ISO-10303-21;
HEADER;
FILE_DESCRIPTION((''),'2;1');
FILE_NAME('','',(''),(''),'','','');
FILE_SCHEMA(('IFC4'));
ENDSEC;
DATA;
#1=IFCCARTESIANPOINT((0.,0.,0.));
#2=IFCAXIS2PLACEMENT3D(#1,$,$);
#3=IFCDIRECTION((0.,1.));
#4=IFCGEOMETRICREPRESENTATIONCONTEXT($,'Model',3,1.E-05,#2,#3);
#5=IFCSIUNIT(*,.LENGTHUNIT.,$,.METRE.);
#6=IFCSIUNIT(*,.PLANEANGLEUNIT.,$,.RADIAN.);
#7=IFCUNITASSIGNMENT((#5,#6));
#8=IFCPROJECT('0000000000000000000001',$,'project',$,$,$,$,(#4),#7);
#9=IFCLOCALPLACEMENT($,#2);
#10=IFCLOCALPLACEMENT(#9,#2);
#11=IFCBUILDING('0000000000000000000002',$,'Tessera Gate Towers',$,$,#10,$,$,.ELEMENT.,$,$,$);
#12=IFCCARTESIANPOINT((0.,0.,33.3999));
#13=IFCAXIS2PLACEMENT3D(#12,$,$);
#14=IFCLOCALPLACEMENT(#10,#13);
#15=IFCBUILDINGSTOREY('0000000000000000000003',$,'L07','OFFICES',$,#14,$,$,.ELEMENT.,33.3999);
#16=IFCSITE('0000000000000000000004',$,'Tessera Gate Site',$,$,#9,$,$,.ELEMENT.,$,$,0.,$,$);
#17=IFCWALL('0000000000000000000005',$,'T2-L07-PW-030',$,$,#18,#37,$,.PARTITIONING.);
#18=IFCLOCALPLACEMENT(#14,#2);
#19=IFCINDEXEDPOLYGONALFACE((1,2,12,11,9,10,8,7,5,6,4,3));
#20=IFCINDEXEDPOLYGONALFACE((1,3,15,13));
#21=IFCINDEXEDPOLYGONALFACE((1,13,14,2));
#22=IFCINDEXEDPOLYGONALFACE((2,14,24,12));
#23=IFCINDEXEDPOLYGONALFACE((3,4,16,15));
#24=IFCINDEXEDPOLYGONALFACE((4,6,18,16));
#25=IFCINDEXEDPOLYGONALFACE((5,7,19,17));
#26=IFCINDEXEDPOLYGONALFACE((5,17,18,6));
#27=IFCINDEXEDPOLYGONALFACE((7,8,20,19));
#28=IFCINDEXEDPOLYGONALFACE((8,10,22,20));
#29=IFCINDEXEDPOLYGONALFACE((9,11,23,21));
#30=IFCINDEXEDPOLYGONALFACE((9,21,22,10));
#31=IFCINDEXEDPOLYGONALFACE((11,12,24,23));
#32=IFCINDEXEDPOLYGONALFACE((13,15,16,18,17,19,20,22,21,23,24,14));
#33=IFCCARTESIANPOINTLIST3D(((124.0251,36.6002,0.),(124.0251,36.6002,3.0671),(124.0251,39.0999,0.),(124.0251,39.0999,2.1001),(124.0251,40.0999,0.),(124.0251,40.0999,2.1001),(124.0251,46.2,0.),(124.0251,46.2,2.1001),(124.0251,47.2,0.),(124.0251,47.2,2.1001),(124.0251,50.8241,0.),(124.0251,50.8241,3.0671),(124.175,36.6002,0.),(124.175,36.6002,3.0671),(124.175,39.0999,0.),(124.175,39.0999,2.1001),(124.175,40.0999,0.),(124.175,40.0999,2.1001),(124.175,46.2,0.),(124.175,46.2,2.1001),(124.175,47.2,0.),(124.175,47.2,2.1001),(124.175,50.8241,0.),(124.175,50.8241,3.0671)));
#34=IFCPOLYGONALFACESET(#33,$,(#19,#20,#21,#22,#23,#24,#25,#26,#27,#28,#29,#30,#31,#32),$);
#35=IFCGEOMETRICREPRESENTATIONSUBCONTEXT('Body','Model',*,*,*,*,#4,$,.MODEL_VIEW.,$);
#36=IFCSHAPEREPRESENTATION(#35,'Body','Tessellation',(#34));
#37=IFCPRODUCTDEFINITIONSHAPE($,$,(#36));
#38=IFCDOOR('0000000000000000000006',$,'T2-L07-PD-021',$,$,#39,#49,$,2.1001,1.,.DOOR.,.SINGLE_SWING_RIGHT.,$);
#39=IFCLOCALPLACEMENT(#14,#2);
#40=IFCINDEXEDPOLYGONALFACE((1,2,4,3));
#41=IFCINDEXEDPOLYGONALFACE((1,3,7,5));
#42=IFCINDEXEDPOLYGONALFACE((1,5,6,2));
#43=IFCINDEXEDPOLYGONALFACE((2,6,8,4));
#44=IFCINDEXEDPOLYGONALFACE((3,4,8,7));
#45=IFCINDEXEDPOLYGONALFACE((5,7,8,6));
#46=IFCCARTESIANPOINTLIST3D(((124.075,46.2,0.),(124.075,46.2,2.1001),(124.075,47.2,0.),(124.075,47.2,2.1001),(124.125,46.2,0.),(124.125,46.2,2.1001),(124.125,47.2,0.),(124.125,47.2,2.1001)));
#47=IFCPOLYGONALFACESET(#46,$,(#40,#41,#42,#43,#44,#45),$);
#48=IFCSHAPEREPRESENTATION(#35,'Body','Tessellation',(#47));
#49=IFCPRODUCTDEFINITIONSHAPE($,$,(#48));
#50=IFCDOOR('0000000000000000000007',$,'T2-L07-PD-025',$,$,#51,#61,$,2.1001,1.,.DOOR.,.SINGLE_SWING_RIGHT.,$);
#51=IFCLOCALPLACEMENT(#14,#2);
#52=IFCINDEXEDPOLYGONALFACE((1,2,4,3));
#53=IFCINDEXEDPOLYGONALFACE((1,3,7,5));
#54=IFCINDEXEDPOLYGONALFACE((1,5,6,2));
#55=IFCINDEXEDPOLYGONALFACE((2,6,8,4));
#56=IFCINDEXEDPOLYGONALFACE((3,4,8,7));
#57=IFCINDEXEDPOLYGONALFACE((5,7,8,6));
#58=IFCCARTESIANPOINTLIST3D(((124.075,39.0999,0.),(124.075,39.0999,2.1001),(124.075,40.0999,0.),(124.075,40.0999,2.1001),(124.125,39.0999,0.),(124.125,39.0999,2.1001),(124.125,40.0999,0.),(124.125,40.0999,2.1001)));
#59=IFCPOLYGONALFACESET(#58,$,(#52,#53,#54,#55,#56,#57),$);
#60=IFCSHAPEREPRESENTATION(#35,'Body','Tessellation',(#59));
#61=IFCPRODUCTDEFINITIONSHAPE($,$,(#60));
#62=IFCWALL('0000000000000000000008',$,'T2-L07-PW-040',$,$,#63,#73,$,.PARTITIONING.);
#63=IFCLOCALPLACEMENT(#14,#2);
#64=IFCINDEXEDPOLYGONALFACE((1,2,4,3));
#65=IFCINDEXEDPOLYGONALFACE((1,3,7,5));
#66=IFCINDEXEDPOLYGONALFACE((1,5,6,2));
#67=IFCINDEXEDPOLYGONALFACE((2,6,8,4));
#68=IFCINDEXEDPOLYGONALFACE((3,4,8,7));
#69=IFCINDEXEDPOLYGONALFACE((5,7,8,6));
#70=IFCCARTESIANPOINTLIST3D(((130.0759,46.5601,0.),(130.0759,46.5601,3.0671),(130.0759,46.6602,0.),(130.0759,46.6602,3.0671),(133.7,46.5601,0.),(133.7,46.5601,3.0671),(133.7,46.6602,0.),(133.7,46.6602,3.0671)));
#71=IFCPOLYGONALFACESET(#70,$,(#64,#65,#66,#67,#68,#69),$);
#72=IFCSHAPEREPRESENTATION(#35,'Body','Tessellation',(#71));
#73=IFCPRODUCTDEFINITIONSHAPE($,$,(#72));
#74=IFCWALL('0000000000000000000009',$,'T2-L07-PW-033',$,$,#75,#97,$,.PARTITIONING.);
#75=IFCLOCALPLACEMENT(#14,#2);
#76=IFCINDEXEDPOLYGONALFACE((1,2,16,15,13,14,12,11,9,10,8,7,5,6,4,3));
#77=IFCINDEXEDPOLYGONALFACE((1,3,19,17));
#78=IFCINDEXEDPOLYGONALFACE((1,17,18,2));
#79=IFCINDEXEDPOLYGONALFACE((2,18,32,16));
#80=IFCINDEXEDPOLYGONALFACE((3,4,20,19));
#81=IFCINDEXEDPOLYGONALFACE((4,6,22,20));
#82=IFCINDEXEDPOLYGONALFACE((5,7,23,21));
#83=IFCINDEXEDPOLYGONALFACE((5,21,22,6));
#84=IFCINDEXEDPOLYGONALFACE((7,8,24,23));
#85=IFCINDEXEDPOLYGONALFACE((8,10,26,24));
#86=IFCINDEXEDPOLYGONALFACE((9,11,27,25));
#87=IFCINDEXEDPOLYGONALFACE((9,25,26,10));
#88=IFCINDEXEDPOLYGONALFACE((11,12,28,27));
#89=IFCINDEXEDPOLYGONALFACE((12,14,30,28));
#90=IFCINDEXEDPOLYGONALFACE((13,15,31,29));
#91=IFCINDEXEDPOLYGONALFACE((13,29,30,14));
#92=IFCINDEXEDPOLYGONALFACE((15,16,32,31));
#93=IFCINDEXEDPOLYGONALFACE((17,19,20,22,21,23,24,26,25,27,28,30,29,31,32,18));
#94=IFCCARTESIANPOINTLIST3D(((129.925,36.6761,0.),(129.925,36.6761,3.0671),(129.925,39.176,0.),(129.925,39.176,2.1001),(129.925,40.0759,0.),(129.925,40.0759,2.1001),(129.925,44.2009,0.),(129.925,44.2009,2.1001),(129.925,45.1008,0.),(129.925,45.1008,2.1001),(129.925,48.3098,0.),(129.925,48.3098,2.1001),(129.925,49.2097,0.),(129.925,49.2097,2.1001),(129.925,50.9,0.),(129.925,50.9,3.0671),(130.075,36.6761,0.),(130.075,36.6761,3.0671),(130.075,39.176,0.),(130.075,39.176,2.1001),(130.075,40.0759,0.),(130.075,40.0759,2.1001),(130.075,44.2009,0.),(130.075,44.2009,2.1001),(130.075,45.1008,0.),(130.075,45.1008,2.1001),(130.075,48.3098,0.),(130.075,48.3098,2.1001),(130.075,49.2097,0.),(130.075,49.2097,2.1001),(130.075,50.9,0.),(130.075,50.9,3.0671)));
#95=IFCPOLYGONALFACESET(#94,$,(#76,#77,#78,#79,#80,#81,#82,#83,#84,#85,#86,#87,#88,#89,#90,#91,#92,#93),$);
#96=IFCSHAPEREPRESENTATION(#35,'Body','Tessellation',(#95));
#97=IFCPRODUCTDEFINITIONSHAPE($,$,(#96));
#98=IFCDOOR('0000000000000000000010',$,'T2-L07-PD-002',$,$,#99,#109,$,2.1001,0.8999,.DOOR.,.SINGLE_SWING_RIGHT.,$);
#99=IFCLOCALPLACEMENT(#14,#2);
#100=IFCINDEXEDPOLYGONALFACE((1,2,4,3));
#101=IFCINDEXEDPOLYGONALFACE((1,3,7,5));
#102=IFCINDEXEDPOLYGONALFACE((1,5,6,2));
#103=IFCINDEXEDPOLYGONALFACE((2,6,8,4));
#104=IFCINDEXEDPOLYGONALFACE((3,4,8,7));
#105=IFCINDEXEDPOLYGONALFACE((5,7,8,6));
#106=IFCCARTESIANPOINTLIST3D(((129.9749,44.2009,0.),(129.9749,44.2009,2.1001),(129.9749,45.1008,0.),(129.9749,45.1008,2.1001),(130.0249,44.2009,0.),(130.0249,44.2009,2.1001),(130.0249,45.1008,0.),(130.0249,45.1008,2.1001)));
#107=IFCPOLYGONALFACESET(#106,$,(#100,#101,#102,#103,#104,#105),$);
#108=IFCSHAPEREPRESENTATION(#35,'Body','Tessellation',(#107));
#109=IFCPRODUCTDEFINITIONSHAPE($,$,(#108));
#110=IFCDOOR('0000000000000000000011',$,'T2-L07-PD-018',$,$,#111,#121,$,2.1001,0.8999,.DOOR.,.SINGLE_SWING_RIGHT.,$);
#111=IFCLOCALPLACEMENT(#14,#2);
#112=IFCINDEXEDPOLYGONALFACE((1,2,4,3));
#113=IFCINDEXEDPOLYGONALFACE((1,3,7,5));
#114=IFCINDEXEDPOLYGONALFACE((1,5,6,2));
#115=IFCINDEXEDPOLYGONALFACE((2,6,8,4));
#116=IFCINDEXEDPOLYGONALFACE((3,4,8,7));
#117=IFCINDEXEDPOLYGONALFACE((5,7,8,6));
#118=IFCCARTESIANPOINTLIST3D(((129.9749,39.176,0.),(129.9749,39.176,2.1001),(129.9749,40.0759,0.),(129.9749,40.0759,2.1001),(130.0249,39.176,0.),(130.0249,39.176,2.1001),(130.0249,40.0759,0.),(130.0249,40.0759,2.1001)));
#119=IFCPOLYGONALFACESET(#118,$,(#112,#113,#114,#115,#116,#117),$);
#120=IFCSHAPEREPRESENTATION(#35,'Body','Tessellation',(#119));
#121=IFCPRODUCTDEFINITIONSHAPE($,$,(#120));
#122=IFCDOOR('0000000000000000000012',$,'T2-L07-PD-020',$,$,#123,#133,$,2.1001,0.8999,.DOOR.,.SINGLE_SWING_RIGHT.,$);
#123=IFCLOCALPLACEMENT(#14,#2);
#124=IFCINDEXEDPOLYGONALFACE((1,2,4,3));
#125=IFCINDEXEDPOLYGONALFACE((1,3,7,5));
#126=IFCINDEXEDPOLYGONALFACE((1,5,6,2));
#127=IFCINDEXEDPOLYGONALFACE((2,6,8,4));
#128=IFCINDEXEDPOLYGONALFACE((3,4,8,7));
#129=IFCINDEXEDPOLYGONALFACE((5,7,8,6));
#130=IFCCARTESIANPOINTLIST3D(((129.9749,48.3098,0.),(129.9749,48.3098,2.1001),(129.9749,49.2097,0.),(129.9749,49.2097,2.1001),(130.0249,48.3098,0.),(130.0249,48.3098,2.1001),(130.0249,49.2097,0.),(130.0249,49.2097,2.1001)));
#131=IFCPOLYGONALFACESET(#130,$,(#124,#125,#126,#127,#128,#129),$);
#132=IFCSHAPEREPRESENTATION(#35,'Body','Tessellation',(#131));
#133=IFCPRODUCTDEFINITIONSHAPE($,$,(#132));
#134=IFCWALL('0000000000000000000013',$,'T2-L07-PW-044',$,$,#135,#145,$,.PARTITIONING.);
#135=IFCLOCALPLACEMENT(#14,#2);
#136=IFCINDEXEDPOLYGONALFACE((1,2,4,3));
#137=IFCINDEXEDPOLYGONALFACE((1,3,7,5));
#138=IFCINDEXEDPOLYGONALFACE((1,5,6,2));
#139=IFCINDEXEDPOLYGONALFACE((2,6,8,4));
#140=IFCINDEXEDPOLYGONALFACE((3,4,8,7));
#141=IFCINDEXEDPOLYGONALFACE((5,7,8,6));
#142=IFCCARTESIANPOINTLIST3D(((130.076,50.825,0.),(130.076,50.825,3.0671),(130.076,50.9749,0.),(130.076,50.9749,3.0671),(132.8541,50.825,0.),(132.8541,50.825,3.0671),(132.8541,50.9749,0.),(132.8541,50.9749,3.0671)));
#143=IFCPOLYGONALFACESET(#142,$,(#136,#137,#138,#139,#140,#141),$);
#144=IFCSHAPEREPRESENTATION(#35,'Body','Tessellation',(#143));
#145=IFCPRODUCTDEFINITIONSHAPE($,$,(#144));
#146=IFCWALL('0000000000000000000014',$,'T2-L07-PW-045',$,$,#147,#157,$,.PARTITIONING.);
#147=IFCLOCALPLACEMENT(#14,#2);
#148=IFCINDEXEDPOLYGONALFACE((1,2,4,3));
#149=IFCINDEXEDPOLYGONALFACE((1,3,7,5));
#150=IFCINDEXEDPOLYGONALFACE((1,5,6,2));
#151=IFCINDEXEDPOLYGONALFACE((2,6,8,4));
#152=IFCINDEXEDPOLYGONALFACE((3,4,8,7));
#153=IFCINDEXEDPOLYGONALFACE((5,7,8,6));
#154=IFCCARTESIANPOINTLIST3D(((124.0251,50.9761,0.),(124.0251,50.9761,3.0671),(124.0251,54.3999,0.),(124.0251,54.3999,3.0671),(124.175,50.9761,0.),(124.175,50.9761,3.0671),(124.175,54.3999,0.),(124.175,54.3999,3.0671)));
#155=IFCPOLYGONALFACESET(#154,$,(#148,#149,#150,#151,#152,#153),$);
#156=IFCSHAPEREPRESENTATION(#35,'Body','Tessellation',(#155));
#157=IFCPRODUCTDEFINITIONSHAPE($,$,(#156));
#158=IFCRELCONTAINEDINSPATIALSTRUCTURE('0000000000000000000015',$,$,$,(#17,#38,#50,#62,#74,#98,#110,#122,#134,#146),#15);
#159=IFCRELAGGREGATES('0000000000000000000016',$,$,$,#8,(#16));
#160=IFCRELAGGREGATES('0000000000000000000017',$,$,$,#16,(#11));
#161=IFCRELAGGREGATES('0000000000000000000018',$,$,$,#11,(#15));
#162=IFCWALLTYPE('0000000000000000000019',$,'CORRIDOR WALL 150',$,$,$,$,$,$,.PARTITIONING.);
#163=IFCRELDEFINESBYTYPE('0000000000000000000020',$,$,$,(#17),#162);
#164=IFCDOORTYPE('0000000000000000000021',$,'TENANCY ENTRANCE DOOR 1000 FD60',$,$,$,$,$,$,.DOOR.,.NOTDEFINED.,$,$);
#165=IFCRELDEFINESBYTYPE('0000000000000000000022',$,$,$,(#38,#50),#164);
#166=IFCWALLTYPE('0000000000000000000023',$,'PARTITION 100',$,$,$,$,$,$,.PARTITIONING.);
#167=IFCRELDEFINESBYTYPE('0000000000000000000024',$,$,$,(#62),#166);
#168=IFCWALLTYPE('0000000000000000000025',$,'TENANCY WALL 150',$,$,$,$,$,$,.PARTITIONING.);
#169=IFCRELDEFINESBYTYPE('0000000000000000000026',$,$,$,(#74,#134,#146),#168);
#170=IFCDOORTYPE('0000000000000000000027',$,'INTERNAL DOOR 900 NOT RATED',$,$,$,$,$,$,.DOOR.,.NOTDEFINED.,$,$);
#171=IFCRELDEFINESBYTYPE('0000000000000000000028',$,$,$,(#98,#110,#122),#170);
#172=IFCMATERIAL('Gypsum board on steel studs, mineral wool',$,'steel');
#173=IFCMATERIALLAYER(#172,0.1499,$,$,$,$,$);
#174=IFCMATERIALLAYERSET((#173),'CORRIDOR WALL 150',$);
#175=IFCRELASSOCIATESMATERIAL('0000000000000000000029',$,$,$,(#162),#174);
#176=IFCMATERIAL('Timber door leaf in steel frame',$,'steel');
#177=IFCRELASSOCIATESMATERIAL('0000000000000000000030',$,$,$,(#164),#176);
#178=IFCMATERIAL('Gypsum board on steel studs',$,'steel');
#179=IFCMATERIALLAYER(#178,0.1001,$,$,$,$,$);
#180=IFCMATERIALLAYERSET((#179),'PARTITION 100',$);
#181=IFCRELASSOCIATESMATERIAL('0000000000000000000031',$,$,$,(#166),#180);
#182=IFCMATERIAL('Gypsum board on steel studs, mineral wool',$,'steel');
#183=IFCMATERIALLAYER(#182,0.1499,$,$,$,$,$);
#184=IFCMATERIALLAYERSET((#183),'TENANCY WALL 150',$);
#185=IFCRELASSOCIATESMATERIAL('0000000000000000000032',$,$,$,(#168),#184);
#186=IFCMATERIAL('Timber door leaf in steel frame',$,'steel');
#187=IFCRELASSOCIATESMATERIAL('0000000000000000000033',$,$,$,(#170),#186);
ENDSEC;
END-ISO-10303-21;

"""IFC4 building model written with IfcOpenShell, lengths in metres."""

from ifc_helpers import new_model, si_unit, direction, frame, frame_2d, origin, place, context, subcontext, project, spatial, rectangle, extrude, source, transform, mapped, material, layer, layer_set, type_object, element, fill, save


model = new_model("IFC4")

# Units and contexts
model_context = context("Model", 3, precision=1e-05, world=origin(), true_north=direction((0.0, 1.0)))
body_context = subcontext(model_context, "Body", "Model", "MODEL_VIEW")
ifc_project = project(units=[si_unit("LENGTHUNIT", "METRE"), si_unit("PLANEANGLEUNIT", "RADIAN")], contexts=[model_context])

# Site, building, storey
site_placement = place(None, origin())
site = spatial("IfcSite", under=ifc_project, at=site_placement, Name="Tessera Gate Site", CompositionType="ELEMENT", RefElevation=0.0)
building_placement = place(site_placement, origin())
building = spatial("IfcBuilding", under=site, at=building_placement, Name="Tessera Gate Towers", CompositionType="ELEMENT")
storey_placement = place(building_placement, frame((0.0, 0.0, 33.3999)))
storey = spatial("IfcBuildingStorey", under=building, at=storey_placement, Name="L07", Description="OFFICES", CompositionType="ELEMENT", Elevation=33.3999)

# Wall, openings, doors
ifc_material_1 = material(Name="Gypsum board on steel studs, mineral wool", Category="steel")
ifc_layer_1 = layer(ifc_material_1, 0.1499)
ifc_layer_set_1 = layer_set([ifc_layer_1], Name="CORRIDOR WALL 150")
wall_type_1 = type_object("IfcWallType", Name="CORRIDOR WALL 150", PredefinedType="PARTITIONING", material=ifc_layer_set_1)
wall_1_placement = place(storey_placement, frame((124.1001, 50.824, 0.0), z_axis=(0.0, 0.0, 1.0), x_axis=(0.0, -1.0, 0.0)))
wall_1 = element("IfcWall", 1, at=wall_1_placement, inside=storey, type_object=wall_type_1, Name="T2-L07-PW-030", PredefinedType="PARTITIONING", context=body_context, shape_type="SweptSolid", body=[
    extrude(rectangle(XDim=14.2239, YDim=0.1499, at=frame_2d((7.1118, 0.0))), origin(), (0.0, 0.0, 1.0), 3.0671),
])
shared_shape_1 = source(origin(), body_context, "Body", "SweptSolid", [
    extrude(rectangle(XDim=1.0, YDim=2.1001, at=frame_2d((0.5, 1.05))), frame((0.0, 0.085, 0.0), z_axis=(0.0, -1.0, 0.0), x_axis=(1.0, 0.0, 0.0)), (0.0, 0.0, 1.0), 0.1699),
])
opening_1_placement = place(wall_1_placement, frame((3.624, 0.0, 0.0)))
opening_1 = element("IfcOpeningElement", 2, at=opening_1_placement, cuts=wall_1, PredefinedType="OPENING", context=body_context, shape_type="MappedRepresentation", body=[
    mapped(shared_shape_1, transform((0.0, 0.0, 0.0), scale=1.0)),
])
opening_2_placement = place(wall_1_placement, frame((10.7241, 0.0, 0.0)))
opening_2 = element("IfcOpeningElement", 3, at=opening_2_placement, cuts=wall_1, PredefinedType="OPENING", context=body_context, shape_type="MappedRepresentation", body=[
    mapped(shared_shape_1, transform((0.0, 0.0, 0.0), scale=1.0)),
])
ifc_material_2 = material(Name="Timber door leaf in steel frame", Category="steel")
door_type_1 = type_object("IfcDoorType", Name="TENANCY ENTRANCE DOOR 1000 FD60", OperationType="NOTDEFINED", PredefinedType="DOOR", material=ifc_material_2)
shared_shape_2 = source(origin(), body_context, "Body", "SweptSolid", [
    extrude(rectangle(XDim=1.0, YDim=2.1001, at=frame_2d((0.5, 1.05))), frame((0.0, 0.0249, 0.0), z_axis=(0.0, -1.0, 0.0), x_axis=(1.0, 0.0, 0.0)), (0.0, 0.0, 1.0), 0.05),
])
door_1_placement = place(opening_1_placement, origin())
door_1 = element("IfcDoor", 4, at=door_1_placement, inside=storey, type_object=door_type_1, Name="T2-L07-PD-021", OperationType="SINGLE_SWING_RIGHT", OverallHeight=2.1001, OverallWidth=1.0, PredefinedType="DOOR", context=body_context, shape_type="MappedRepresentation", body=[
    mapped(shared_shape_2, transform((0.0, 0.0, 0.0), scale=1.0)),
])
fill(opening_1, door_1)
door_2_placement = place(opening_2_placement, origin())
door_2 = element("IfcDoor", 5, at=door_2_placement, inside=storey, type_object=door_type_1, Name="T2-L07-PD-025", OperationType="SINGLE_SWING_RIGHT", OverallHeight=2.1001, OverallWidth=1.0, PredefinedType="DOOR", context=body_context, shape_type="MappedRepresentation", body=[
    mapped(shared_shape_2, transform((0.0, 0.0, 0.0), scale=1.0)),
])
fill(opening_2, door_2)

# Wall
ifc_material_3 = material(Name="Gypsum board on steel studs", Category="steel")
ifc_layer_2 = layer(ifc_material_3, 0.1001)
ifc_layer_set_2 = layer_set([ifc_layer_2], Name="PARTITION 100")
wall_type_2 = type_object("IfcWallType", Name="PARTITION 100", PredefinedType="PARTITIONING", material=ifc_layer_set_2)
wall_2_placement = place(storey_placement, frame((130.0759, 46.6101, 0.0), z_axis=(0.0, 0.0, 1.0), x_axis=(1.0, 0.0, 0.0)))
element("IfcWall", 6, at=wall_2_placement, inside=storey, type_object=wall_type_2, Name="T2-L07-PW-040", PredefinedType="PARTITIONING", context=body_context, shape_type="SweptSolid", body=[
    extrude(rectangle(XDim=3.624, YDim=0.1001, at=frame_2d((1.812, 0.0))), origin(), (0.0, 0.0, 1.0), 3.0671),
])

# Wall, openings, doors
ifc_material_4 = material(Name="Gypsum board on steel studs, mineral wool", Category="steel")
ifc_layer_3 = layer(ifc_material_4, 0.1499)
ifc_layer_set_3 = layer_set([ifc_layer_3], Name="TENANCY WALL 150")
wall_type_3 = type_object("IfcWallType", Name="TENANCY WALL 150", PredefinedType="PARTITIONING", material=ifc_layer_set_3)
wall_3_placement = place(storey_placement, frame((130.0, 50.8999, 0.0), z_axis=(0.0, 0.0, 1.0), x_axis=(0.0, -1.0, 0.0)))
wall_3 = element("IfcWall", 7, at=wall_3_placement, inside=storey, type_object=wall_type_3, Name="T2-L07-PW-033", PredefinedType="PARTITIONING", context=body_context, shape_type="SweptSolid", body=[
    extrude(rectangle(XDim=14.2239, YDim=0.1499, at=frame_2d((7.1118, 0.0))), origin(), (0.0, 0.0, 1.0), 3.0671),
])
shared_shape_3 = source(origin(), body_context, "Body", "SweptSolid", [
    extrude(rectangle(XDim=0.8999, YDim=2.1001, at=frame_2d((0.45, 1.05))), frame((0.0, 0.085, 0.0), z_axis=(0.0, -1.0, 0.0), x_axis=(1.0, 0.0, 0.0)), (0.0, 0.0, 1.0), 0.1699),
])
opening_3_placement = place(wall_3_placement, frame((5.7991, 0.0, 0.0)))
opening_3 = element("IfcOpeningElement", 8, at=opening_3_placement, cuts=wall_3, PredefinedType="OPENING", context=body_context, shape_type="MappedRepresentation", body=[
    mapped(shared_shape_3, transform((0.0, 0.0, 0.0), scale=1.0)),
])
opening_4_placement = place(wall_3_placement, frame((10.824, 0.0, 0.0)))
opening_4 = element("IfcOpeningElement", 9, at=opening_4_placement, cuts=wall_3, PredefinedType="OPENING", context=body_context, shape_type="MappedRepresentation", body=[
    mapped(shared_shape_3, transform((0.0, 0.0, 0.0), scale=1.0)),
])
opening_5_placement = place(wall_3_placement, frame((1.6902, 0.0, 0.0)))
opening_5 = element("IfcOpeningElement", 10, at=opening_5_placement, cuts=wall_3, PredefinedType="OPENING", context=body_context, shape_type="MappedRepresentation", body=[
    mapped(shared_shape_3, transform((0.0, 0.0, 0.0), scale=1.0)),
])
ifc_material_5 = material(Name="Timber door leaf in steel frame", Category="steel")
door_type_2 = type_object("IfcDoorType", Name="INTERNAL DOOR 900 NOT RATED", OperationType="NOTDEFINED", PredefinedType="DOOR", material=ifc_material_5)
shared_shape_4 = source(origin(), body_context, "Body", "SweptSolid", [
    extrude(rectangle(XDim=0.8999, YDim=2.1001, at=frame_2d((0.45, 1.05))), frame((0.0, 0.0249, 0.0), z_axis=(0.0, -1.0, 0.0), x_axis=(1.0, 0.0, 0.0)), (0.0, 0.0, 1.0), 0.05),
])
door_3_placement = place(opening_3_placement, origin())
door_3 = element("IfcDoor", 11, at=door_3_placement, inside=storey, type_object=door_type_2, Name="T2-L07-PD-002", OperationType="SINGLE_SWING_RIGHT", OverallHeight=2.1001, OverallWidth=0.8999, PredefinedType="DOOR", context=body_context, shape_type="MappedRepresentation", body=[
    mapped(shared_shape_4, transform((0.0, 0.0, 0.0), scale=1.0)),
])
fill(opening_3, door_3)
door_4_placement = place(opening_4_placement, origin())
door_4 = element("IfcDoor", 12, at=door_4_placement, inside=storey, type_object=door_type_2, Name="T2-L07-PD-018", OperationType="SINGLE_SWING_RIGHT", OverallHeight=2.1001, OverallWidth=0.8999, PredefinedType="DOOR", context=body_context, shape_type="MappedRepresentation", body=[
    mapped(shared_shape_4, transform((0.0, 0.0, 0.0), scale=1.0)),
])
fill(opening_4, door_4)
door_5_placement = place(opening_5_placement, origin())
door_5 = element("IfcDoor", 13, at=door_5_placement, inside=storey, type_object=door_type_2, Name="T2-L07-PD-020", OperationType="SINGLE_SWING_RIGHT", OverallHeight=2.1001, OverallWidth=0.8999, PredefinedType="DOOR", context=body_context, shape_type="MappedRepresentation", body=[
    mapped(shared_shape_4, transform((0.0, 0.0, 0.0), scale=1.0)),
])
fill(opening_5, door_5)

# Walls
wall_4_placement = place(storey_placement, frame((130.0759, 50.8999, 0.0), z_axis=(0.0, 0.0, 1.0), x_axis=(1.0, 0.0, 0.0)))
element("IfcWall", 14, at=wall_4_placement, inside=storey, type_object=wall_type_3, Name="T2-L07-PW-044", PredefinedType="PARTITIONING", context=body_context, shape_type="SweptSolid", body=[
    extrude(rectangle(XDim=2.7781, YDim=0.1499, at=frame_2d((1.3892, 0.0))), origin(), (0.0, 0.0, 1.0), 3.0671),
])
wall_5_placement = place(storey_placement, frame((124.1001, 50.9761, 0.0), z_axis=(0.0, 0.0, 1.0), x_axis=(0.0, 1.0, 0.0)))
element("IfcWall", 15, at=wall_5_placement, inside=storey, type_object=wall_type_3, Name="T2-L07-PW-045", PredefinedType="PARTITIONING", context=body_context, shape_type="SweptSolid", body=[
    extrude(rectangle(XDim=3.4238, YDim=0.1499, at=frame_2d((1.7119, 0.0))), origin(), (0.0, 0.0, 1.0), 3.0671),
])

save(model, "model.ifc")
